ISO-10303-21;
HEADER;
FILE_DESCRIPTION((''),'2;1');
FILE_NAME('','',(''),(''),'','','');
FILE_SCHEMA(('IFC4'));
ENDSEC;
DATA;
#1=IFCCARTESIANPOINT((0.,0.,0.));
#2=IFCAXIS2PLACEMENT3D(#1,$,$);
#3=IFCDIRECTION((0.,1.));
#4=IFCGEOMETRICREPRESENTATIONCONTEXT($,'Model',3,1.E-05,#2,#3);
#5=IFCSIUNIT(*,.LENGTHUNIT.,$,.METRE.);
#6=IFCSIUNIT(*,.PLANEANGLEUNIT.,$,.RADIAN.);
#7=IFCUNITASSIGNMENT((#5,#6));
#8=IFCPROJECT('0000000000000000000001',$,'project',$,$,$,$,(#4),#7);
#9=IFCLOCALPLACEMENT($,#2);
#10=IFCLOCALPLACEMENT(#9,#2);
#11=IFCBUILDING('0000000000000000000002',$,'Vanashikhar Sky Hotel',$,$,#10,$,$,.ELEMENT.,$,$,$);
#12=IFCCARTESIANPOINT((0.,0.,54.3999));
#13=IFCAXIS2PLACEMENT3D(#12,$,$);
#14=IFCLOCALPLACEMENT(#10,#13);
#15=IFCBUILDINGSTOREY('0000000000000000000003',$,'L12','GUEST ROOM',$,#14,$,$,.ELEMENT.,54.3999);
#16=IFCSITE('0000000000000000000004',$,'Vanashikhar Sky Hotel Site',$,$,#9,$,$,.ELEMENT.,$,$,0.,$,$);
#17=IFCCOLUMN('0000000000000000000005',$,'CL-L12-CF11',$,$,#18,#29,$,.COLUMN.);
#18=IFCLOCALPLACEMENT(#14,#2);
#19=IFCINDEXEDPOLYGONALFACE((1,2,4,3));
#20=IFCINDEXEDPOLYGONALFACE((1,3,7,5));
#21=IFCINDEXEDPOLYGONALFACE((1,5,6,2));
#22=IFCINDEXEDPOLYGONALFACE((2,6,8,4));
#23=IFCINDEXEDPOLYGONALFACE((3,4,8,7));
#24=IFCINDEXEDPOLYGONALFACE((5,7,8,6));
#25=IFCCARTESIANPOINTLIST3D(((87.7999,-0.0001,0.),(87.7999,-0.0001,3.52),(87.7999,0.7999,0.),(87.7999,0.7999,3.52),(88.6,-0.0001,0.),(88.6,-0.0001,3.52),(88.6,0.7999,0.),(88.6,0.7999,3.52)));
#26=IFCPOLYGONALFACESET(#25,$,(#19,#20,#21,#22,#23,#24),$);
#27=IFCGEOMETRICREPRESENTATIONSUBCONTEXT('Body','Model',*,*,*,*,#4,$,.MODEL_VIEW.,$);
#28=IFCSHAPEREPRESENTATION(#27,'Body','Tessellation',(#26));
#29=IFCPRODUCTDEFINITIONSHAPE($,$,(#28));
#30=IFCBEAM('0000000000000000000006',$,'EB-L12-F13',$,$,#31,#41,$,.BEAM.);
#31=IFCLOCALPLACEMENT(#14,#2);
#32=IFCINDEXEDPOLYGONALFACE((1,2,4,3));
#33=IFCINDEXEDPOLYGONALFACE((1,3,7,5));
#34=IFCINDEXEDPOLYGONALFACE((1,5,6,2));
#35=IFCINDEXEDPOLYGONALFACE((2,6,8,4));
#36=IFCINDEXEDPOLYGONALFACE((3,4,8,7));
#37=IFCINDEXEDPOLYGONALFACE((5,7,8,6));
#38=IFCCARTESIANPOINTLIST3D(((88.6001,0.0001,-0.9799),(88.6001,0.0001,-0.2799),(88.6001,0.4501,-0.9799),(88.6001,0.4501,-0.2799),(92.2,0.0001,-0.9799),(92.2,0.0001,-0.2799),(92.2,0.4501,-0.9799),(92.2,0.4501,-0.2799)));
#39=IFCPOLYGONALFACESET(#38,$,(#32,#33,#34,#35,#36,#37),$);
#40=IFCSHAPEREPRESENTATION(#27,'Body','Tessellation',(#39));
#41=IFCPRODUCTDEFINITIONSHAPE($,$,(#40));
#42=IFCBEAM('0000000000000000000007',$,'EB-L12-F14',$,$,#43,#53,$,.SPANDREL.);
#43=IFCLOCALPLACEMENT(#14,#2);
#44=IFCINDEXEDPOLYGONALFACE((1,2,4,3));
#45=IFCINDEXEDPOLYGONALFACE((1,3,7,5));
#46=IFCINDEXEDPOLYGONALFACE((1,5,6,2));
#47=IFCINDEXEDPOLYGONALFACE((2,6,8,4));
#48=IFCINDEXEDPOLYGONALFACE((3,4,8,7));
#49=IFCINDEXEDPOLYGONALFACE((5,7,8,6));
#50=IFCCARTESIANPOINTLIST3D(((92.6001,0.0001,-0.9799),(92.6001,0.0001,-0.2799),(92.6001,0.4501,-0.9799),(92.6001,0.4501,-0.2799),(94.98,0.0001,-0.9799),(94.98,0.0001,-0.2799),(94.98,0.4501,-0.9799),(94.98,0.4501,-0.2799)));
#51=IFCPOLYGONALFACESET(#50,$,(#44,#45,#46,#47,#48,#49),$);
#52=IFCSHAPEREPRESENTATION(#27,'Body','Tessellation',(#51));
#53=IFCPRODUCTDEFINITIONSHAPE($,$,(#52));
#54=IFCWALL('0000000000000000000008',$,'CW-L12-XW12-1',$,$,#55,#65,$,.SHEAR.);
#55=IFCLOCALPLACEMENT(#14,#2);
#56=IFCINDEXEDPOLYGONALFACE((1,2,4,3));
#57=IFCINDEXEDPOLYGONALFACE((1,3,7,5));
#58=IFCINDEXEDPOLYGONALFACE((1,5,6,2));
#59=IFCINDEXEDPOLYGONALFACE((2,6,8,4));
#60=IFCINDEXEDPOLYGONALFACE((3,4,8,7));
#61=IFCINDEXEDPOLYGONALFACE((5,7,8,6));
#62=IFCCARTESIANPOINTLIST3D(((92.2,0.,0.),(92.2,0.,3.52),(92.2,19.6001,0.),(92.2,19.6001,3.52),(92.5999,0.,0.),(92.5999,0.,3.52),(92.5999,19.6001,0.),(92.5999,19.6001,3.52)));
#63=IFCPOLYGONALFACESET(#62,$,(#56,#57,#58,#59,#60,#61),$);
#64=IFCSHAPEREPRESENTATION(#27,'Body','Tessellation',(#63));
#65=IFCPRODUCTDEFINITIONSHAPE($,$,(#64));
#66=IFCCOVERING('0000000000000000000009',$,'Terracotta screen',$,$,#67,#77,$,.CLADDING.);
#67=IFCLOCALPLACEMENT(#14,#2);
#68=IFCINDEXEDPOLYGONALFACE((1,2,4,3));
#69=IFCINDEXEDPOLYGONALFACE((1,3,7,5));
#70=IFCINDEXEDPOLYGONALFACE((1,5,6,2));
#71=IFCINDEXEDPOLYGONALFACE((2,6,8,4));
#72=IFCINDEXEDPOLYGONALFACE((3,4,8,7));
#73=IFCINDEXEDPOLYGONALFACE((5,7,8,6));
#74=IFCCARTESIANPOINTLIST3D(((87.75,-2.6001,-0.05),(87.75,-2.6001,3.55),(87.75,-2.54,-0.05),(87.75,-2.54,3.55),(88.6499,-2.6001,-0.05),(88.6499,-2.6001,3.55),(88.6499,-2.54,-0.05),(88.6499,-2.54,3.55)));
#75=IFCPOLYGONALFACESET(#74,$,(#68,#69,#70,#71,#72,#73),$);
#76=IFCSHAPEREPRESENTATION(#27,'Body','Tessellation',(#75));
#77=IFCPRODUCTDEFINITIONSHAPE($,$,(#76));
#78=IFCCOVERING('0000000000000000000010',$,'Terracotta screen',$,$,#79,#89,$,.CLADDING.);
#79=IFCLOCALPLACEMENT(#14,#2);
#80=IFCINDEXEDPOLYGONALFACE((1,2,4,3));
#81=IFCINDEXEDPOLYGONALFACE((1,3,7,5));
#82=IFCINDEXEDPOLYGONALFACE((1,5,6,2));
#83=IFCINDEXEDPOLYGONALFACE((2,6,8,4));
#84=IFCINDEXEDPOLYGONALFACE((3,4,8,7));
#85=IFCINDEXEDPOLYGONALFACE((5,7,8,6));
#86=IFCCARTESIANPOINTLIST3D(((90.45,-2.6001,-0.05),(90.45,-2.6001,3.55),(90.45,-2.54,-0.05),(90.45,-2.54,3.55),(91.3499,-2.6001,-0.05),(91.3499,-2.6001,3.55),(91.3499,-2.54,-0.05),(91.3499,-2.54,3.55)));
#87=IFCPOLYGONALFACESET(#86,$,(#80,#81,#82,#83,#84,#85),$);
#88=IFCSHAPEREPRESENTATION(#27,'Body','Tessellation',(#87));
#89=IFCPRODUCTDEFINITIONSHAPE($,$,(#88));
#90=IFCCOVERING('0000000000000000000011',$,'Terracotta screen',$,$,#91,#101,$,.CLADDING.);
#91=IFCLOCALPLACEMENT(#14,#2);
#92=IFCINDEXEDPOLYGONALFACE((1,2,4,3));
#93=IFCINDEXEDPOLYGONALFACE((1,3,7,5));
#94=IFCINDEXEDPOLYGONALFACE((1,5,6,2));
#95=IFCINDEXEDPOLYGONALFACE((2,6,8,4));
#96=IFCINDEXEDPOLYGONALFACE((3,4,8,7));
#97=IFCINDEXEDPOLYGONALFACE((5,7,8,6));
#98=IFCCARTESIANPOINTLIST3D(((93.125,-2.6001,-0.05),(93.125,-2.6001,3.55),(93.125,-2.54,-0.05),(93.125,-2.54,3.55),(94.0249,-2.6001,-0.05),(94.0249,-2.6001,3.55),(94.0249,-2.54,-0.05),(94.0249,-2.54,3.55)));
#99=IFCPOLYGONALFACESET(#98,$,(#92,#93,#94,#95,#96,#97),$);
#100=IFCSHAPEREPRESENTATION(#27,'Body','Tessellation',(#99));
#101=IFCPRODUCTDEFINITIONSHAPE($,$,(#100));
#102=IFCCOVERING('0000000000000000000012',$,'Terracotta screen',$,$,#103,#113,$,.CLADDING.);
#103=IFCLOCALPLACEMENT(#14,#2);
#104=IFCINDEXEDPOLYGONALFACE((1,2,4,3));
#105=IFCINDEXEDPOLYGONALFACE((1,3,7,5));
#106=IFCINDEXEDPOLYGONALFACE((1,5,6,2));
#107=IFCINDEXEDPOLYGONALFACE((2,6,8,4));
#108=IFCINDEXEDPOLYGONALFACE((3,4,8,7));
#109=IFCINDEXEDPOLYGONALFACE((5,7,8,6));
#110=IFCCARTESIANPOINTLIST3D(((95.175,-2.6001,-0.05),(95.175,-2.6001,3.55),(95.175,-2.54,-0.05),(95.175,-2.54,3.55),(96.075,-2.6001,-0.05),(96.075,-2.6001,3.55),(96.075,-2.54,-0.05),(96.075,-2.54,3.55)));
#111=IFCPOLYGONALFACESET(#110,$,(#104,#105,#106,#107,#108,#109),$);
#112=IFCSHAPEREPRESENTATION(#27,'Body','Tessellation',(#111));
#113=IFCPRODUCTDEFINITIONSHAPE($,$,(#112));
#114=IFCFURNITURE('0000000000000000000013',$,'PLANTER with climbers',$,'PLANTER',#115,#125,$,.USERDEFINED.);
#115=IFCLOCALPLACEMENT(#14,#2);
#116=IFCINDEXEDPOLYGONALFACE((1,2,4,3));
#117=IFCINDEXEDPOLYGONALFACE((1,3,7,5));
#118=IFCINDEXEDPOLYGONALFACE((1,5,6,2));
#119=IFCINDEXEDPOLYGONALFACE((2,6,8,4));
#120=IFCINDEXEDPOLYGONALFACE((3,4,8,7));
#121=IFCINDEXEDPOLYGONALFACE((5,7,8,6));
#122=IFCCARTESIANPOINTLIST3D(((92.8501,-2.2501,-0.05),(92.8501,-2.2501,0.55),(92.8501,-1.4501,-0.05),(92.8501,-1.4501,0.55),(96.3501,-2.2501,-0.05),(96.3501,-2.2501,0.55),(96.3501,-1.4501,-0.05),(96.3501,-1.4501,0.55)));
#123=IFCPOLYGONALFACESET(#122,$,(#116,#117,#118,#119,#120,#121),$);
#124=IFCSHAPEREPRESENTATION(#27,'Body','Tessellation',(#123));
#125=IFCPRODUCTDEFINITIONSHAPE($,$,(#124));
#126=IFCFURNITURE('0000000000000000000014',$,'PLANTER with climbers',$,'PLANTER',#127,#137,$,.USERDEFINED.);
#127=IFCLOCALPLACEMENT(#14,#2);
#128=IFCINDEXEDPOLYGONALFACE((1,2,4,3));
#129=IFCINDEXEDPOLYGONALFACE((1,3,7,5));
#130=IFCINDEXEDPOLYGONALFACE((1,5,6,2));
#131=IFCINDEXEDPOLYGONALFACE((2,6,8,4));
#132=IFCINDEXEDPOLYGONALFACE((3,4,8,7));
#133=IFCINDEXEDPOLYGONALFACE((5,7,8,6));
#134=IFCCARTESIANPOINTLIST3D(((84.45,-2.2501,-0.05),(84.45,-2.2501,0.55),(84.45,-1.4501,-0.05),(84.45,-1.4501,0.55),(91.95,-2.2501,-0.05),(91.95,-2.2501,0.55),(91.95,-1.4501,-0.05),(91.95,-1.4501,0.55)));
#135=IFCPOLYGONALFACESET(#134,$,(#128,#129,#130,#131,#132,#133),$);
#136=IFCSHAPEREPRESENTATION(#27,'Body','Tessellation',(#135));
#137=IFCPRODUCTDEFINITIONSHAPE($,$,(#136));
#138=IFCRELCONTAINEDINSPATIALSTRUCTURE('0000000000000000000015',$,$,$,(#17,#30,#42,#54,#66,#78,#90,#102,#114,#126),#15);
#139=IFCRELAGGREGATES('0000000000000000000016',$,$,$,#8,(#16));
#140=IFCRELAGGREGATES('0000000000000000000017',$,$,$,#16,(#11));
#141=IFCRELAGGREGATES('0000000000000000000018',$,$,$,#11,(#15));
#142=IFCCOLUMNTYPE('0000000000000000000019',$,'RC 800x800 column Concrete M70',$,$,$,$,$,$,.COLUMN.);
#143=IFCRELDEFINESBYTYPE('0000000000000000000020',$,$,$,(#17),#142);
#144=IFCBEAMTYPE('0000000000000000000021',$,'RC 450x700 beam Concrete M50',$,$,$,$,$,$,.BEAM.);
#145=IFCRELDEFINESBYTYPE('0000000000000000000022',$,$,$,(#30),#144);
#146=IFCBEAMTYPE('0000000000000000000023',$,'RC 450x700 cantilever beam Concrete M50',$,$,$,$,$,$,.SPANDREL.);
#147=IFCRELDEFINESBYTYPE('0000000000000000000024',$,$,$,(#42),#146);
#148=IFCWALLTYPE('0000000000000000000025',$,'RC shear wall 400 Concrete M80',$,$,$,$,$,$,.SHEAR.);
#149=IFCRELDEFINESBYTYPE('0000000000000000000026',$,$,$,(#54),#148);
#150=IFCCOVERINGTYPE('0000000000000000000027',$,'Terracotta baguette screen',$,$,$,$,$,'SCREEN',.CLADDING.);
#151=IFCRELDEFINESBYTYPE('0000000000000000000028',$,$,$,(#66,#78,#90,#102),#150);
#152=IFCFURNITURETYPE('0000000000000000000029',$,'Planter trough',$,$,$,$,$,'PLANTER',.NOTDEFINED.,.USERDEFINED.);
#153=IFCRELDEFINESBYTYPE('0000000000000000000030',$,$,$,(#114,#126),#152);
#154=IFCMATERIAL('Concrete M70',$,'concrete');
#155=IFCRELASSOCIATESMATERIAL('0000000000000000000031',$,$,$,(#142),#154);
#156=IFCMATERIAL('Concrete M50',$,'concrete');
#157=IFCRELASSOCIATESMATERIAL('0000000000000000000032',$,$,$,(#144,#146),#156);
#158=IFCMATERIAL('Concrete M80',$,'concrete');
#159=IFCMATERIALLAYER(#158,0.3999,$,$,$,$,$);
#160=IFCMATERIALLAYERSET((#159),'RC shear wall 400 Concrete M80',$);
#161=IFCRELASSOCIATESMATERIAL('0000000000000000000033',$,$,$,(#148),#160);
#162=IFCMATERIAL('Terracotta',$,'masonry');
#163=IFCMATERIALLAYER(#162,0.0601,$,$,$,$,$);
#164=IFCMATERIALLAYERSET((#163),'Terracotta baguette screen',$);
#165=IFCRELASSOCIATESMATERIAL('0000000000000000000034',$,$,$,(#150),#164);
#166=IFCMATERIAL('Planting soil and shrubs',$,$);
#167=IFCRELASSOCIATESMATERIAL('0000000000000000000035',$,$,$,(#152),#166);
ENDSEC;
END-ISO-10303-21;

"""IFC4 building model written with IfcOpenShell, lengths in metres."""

from ifc_helpers import new_model, si_unit, direction, frame, frame_2d, origin, origin_2d, place, context, subcontext, project, spatial, rectangle, extrude, source, transform, mapped, material, layer, layer_set, material_profile, profile_set, type_object, element, save


model = new_model("IFC4")

# Units and contexts
model_context = context("Model", 3, precision=1e-05, world=origin(), true_north=direction((0.0, 1.0)))
body_context = subcontext(model_context, "Body", "Model", "MODEL_VIEW")
ifc_project = project(units=[si_unit("LENGTHUNIT", "METRE"), si_unit("PLANEANGLEUNIT", "RADIAN")], contexts=[model_context])

# Site, building, storey
site_placement = place(None, origin())
site = spatial("IfcSite", under=ifc_project, at=site_placement, Name="Vanashikhar Sky Hotel Site", CompositionType="ELEMENT", RefElevation=0.0)
building_placement = place(site_placement, origin())
building = spatial("IfcBuilding", under=site, at=building_placement, Name="Vanashikhar Sky Hotel", CompositionType="ELEMENT")
storey_placement = place(building_placement, frame((0.0, 0.0, 54.3999)))
storey = spatial("IfcBuildingStorey", under=building, at=storey_placement, Name="L12", Description="GUEST ROOM", CompositionType="ELEMENT", Elevation=54.3999)

# Column
ifc_material_1 = material(Name="Concrete M70", Category="concrete")
ifc_material_profile_1 = material_profile(ifc_material_1, rectangle(XDim=0.8, YDim=0.8, at=origin_2d()))
ifc_profile_set_1 = profile_set([ifc_material_profile_1], Name="RC 800x800 column Concrete M70")
column_type = type_object("IfcColumnType", Name="RC 800x800 column Concrete M70", PredefinedType="COLUMN", material=ifc_profile_set_1)
shared_shape_1 = source(origin(), body_context, "Body", "SweptSolid", [
    extrude(rectangle(XDim=0.8, YDim=0.8, at=origin_2d()), origin(), (0.0, 0.0, 1.0), 3.52),
])
column_placement = place(storey_placement, frame((88.2, 0.3999, 0.0), z_axis=(0.0, 0.0, 1.0), x_axis=(1.0, 0.0, 0.0)))
element("IfcColumn", 1, at=column_placement, inside=storey, type_object=column_type, Name="CL-L12-CF11", PredefinedType="COLUMN", context=body_context, shape_type="MappedRepresentation", body=[
    mapped(shared_shape_1, transform((0.0, 0.0, 0.0), scale=1.0)),
])

# Beams
ifc_material_2 = material(Name="Concrete M50", Category="concrete")
ifc_material_profile_2 = material_profile(ifc_material_2, rectangle(XDim=0.45, YDim=0.7, at=origin_2d()))
ifc_profile_set_2 = profile_set([ifc_material_profile_2], Name="RC 450x700 beam Concrete M50")
beam_type_1 = type_object("IfcBeamType", Name="RC 450x700 beam Concrete M50", PredefinedType="BEAM", material=ifc_profile_set_2)
shared_shape_2 = source(origin(), body_context, "Body", "SweptSolid", [
    extrude(rectangle(XDim=0.45, YDim=0.7, at=origin_2d()), origin(), (0.0, 0.0, 1.0), 3.5999),
])
beam_1_placement = place(storey_placement, frame((88.6001, 0.2251, -0.6299), z_axis=(1.0, 0.0, 0.0), x_axis=(0.0, 1.0, 0.0)))
element("IfcBeam", 2, at=beam_1_placement, inside=storey, type_object=beam_type_1, Name="EB-L12-F13", PredefinedType="BEAM", context=body_context, shape_type="MappedRepresentation", body=[
    mapped(shared_shape_2, transform((0.0, 0.0, 0.0), scale=1.0)),
])
ifc_material_profile_3 = material_profile(ifc_material_2, rectangle(XDim=0.45, YDim=0.7, at=origin_2d()))
ifc_profile_set_3 = profile_set([ifc_material_profile_3], Name="RC 450x700 cantilever beam Concrete M50")
beam_type_2 = type_object("IfcBeamType", Name="RC 450x700 cantilever beam Concrete M50", PredefinedType="SPANDREL", material=ifc_profile_set_3)
shared_shape_3 = source(origin(), body_context, "Body", "SweptSolid", [
    extrude(rectangle(XDim=0.45, YDim=0.7, at=origin_2d()), origin(), (0.0, 0.0, 1.0), 2.3799),
])
beam_2_placement = place(storey_placement, frame((92.6001, 0.2251, -0.6299), z_axis=(1.0, 0.0, 0.0), x_axis=(0.0, 1.0, 0.0)))
element("IfcBeam", 3, at=beam_2_placement, inside=storey, type_object=beam_type_2, Name="EB-L12-F14", PredefinedType="SPANDREL", context=body_context, shape_type="MappedRepresentation", body=[
    mapped(shared_shape_3, transform((0.0, 0.0, 0.0), scale=1.0)),
])

# Wall
ifc_material_3 = material(Name="Concrete M80", Category="concrete")
ifc_layer_1 = layer(ifc_material_3, 0.3999)
ifc_layer_set_1 = layer_set([ifc_layer_1], Name="RC shear wall 400 Concrete M80")
wall_type_1 = type_object("IfcWallType", Name="RC shear wall 400 Concrete M80", PredefinedType="SHEAR", material=ifc_layer_set_1)
shared_shape_4 = source(origin(), body_context, "Body", "SweptSolid", [
    extrude(rectangle(XDim=19.6001, YDim=0.3999, at=frame_2d((9.8, 0.0))), origin(), (0.0, 0.0, 1.0), 3.52),
])
wall_1_placement = place(storey_placement, frame((92.3999, 0.0, 0.0), z_axis=(0.0, 0.0, 1.0), x_axis=(0.0, 1.0, 0.0)))
element("IfcWall", 4, at=wall_1_placement, inside=storey, type_object=wall_type_1, Name="CW-L12-XW12-1", PredefinedType="SHEAR", context=body_context, shape_type="MappedRepresentation", body=[
    mapped(shared_shape_4, transform((0.0, 0.0, 0.0), scale=1.0)),
])

# Coverings
ifc_material_4 = material(Name="Terracotta", Category="masonry")
ifc_layer_2 = layer(ifc_material_4, 0.0601)
ifc_layer_set_2 = layer_set([ifc_layer_2], Name="Terracotta baguette screen")
covering_type = type_object("IfcCoveringType", Name="Terracotta baguette screen", ElementType="SCREEN", PredefinedType="CLADDING", material=ifc_layer_set_2)
shared_shape_5 = source(origin(), body_context, "Body", "SweptSolid", [
    extrude(rectangle(XDim=0.8999, YDim=0.0601, at=origin_2d()), origin(), (0.0, 0.0, 1.0), 3.6001),
])
for number, where, z_axis, x_axis, name in (
    (5, (88.2, -2.5701, -0.05), (0.0, 0.0, 1.0), (1.0, 0.0, 0.0), "Terracotta screen"),
    (6, (90.8999, -2.5701, -0.05), (0.0, 0.0, 1.0), (1.0, 0.0, 0.0), "Terracotta screen"),
    (7, (93.575, -2.5701, -0.05), (0.0, 0.0, 1.0), (1.0, 0.0, 0.0), "Terracotta screen"),
    (8, (95.625, -2.5701, -0.05), (0.0, 0.0, 1.0), (1.0, 0.0, 0.0), "Terracotta screen"),
):
    element("IfcCovering", number, at=place(storey_placement, frame(where, z_axis=z_axis, x_axis=x_axis)), inside=storey, type_object=covering_type, Name=name, PredefinedType="CLADDING", context=body_context, shape_type="MappedRepresentation", body=[
        mapped(shared_shape_5, transform((0.0, 0.0, 0.0), scale=1.0)),
    ])

# Furniture
ifc_material_5 = material(Name="Planting soil and shrubs")
furniture_type = type_object("IfcFurnitureType", Name="Planter trough", ElementType="PLANTER", AssemblyPlace="NOTDEFINED", PredefinedType="USERDEFINED", material=ifc_material_5)
shared_shape_6 = source(origin(), body_context, "Body", "SweptSolid", [
    extrude(rectangle(XDim=3.5, YDim=0.8, at=origin_2d()), origin(), (0.0, 0.0, 1.0), 0.6001),
])
furniture_1_placement = place(storey_placement, frame((94.6001, -1.8501, -0.05), z_axis=(0.0, 0.0, 1.0), x_axis=(1.0, 0.0, 0.0)))
element("IfcFurniture", 9, at=furniture_1_placement, inside=storey, type_object=furniture_type, Name="PLANTER with climbers", ObjectType="PLANTER", PredefinedType="USERDEFINED", context=body_context, shape_type="MappedRepresentation", body=[
    mapped(shared_shape_6, transform((0.0, 0.0, 0.0), scale=1.0)),
])
shared_shape_7 = source(origin(), body_context, "Body", "SweptSolid", [
    extrude(rectangle(XDim=7.5, YDim=0.8, at=origin_2d()), origin(), (0.0, 0.0, 1.0), 0.6001),
])
furniture_2_placement = place(storey_placement, frame((88.2, -1.8501, -0.05), z_axis=(0.0, 0.0, 1.0), x_axis=(1.0, 0.0, 0.0)))
element("IfcFurniture", 10, at=furniture_2_placement, inside=storey, type_object=furniture_type, Name="PLANTER with climbers", ObjectType="PLANTER", PredefinedType="USERDEFINED", context=body_context, shape_type="MappedRepresentation", body=[
    mapped(shared_shape_7, transform((0.0, 0.0, 0.0), scale=1.0)),
])

save(model, "model.ifc")
